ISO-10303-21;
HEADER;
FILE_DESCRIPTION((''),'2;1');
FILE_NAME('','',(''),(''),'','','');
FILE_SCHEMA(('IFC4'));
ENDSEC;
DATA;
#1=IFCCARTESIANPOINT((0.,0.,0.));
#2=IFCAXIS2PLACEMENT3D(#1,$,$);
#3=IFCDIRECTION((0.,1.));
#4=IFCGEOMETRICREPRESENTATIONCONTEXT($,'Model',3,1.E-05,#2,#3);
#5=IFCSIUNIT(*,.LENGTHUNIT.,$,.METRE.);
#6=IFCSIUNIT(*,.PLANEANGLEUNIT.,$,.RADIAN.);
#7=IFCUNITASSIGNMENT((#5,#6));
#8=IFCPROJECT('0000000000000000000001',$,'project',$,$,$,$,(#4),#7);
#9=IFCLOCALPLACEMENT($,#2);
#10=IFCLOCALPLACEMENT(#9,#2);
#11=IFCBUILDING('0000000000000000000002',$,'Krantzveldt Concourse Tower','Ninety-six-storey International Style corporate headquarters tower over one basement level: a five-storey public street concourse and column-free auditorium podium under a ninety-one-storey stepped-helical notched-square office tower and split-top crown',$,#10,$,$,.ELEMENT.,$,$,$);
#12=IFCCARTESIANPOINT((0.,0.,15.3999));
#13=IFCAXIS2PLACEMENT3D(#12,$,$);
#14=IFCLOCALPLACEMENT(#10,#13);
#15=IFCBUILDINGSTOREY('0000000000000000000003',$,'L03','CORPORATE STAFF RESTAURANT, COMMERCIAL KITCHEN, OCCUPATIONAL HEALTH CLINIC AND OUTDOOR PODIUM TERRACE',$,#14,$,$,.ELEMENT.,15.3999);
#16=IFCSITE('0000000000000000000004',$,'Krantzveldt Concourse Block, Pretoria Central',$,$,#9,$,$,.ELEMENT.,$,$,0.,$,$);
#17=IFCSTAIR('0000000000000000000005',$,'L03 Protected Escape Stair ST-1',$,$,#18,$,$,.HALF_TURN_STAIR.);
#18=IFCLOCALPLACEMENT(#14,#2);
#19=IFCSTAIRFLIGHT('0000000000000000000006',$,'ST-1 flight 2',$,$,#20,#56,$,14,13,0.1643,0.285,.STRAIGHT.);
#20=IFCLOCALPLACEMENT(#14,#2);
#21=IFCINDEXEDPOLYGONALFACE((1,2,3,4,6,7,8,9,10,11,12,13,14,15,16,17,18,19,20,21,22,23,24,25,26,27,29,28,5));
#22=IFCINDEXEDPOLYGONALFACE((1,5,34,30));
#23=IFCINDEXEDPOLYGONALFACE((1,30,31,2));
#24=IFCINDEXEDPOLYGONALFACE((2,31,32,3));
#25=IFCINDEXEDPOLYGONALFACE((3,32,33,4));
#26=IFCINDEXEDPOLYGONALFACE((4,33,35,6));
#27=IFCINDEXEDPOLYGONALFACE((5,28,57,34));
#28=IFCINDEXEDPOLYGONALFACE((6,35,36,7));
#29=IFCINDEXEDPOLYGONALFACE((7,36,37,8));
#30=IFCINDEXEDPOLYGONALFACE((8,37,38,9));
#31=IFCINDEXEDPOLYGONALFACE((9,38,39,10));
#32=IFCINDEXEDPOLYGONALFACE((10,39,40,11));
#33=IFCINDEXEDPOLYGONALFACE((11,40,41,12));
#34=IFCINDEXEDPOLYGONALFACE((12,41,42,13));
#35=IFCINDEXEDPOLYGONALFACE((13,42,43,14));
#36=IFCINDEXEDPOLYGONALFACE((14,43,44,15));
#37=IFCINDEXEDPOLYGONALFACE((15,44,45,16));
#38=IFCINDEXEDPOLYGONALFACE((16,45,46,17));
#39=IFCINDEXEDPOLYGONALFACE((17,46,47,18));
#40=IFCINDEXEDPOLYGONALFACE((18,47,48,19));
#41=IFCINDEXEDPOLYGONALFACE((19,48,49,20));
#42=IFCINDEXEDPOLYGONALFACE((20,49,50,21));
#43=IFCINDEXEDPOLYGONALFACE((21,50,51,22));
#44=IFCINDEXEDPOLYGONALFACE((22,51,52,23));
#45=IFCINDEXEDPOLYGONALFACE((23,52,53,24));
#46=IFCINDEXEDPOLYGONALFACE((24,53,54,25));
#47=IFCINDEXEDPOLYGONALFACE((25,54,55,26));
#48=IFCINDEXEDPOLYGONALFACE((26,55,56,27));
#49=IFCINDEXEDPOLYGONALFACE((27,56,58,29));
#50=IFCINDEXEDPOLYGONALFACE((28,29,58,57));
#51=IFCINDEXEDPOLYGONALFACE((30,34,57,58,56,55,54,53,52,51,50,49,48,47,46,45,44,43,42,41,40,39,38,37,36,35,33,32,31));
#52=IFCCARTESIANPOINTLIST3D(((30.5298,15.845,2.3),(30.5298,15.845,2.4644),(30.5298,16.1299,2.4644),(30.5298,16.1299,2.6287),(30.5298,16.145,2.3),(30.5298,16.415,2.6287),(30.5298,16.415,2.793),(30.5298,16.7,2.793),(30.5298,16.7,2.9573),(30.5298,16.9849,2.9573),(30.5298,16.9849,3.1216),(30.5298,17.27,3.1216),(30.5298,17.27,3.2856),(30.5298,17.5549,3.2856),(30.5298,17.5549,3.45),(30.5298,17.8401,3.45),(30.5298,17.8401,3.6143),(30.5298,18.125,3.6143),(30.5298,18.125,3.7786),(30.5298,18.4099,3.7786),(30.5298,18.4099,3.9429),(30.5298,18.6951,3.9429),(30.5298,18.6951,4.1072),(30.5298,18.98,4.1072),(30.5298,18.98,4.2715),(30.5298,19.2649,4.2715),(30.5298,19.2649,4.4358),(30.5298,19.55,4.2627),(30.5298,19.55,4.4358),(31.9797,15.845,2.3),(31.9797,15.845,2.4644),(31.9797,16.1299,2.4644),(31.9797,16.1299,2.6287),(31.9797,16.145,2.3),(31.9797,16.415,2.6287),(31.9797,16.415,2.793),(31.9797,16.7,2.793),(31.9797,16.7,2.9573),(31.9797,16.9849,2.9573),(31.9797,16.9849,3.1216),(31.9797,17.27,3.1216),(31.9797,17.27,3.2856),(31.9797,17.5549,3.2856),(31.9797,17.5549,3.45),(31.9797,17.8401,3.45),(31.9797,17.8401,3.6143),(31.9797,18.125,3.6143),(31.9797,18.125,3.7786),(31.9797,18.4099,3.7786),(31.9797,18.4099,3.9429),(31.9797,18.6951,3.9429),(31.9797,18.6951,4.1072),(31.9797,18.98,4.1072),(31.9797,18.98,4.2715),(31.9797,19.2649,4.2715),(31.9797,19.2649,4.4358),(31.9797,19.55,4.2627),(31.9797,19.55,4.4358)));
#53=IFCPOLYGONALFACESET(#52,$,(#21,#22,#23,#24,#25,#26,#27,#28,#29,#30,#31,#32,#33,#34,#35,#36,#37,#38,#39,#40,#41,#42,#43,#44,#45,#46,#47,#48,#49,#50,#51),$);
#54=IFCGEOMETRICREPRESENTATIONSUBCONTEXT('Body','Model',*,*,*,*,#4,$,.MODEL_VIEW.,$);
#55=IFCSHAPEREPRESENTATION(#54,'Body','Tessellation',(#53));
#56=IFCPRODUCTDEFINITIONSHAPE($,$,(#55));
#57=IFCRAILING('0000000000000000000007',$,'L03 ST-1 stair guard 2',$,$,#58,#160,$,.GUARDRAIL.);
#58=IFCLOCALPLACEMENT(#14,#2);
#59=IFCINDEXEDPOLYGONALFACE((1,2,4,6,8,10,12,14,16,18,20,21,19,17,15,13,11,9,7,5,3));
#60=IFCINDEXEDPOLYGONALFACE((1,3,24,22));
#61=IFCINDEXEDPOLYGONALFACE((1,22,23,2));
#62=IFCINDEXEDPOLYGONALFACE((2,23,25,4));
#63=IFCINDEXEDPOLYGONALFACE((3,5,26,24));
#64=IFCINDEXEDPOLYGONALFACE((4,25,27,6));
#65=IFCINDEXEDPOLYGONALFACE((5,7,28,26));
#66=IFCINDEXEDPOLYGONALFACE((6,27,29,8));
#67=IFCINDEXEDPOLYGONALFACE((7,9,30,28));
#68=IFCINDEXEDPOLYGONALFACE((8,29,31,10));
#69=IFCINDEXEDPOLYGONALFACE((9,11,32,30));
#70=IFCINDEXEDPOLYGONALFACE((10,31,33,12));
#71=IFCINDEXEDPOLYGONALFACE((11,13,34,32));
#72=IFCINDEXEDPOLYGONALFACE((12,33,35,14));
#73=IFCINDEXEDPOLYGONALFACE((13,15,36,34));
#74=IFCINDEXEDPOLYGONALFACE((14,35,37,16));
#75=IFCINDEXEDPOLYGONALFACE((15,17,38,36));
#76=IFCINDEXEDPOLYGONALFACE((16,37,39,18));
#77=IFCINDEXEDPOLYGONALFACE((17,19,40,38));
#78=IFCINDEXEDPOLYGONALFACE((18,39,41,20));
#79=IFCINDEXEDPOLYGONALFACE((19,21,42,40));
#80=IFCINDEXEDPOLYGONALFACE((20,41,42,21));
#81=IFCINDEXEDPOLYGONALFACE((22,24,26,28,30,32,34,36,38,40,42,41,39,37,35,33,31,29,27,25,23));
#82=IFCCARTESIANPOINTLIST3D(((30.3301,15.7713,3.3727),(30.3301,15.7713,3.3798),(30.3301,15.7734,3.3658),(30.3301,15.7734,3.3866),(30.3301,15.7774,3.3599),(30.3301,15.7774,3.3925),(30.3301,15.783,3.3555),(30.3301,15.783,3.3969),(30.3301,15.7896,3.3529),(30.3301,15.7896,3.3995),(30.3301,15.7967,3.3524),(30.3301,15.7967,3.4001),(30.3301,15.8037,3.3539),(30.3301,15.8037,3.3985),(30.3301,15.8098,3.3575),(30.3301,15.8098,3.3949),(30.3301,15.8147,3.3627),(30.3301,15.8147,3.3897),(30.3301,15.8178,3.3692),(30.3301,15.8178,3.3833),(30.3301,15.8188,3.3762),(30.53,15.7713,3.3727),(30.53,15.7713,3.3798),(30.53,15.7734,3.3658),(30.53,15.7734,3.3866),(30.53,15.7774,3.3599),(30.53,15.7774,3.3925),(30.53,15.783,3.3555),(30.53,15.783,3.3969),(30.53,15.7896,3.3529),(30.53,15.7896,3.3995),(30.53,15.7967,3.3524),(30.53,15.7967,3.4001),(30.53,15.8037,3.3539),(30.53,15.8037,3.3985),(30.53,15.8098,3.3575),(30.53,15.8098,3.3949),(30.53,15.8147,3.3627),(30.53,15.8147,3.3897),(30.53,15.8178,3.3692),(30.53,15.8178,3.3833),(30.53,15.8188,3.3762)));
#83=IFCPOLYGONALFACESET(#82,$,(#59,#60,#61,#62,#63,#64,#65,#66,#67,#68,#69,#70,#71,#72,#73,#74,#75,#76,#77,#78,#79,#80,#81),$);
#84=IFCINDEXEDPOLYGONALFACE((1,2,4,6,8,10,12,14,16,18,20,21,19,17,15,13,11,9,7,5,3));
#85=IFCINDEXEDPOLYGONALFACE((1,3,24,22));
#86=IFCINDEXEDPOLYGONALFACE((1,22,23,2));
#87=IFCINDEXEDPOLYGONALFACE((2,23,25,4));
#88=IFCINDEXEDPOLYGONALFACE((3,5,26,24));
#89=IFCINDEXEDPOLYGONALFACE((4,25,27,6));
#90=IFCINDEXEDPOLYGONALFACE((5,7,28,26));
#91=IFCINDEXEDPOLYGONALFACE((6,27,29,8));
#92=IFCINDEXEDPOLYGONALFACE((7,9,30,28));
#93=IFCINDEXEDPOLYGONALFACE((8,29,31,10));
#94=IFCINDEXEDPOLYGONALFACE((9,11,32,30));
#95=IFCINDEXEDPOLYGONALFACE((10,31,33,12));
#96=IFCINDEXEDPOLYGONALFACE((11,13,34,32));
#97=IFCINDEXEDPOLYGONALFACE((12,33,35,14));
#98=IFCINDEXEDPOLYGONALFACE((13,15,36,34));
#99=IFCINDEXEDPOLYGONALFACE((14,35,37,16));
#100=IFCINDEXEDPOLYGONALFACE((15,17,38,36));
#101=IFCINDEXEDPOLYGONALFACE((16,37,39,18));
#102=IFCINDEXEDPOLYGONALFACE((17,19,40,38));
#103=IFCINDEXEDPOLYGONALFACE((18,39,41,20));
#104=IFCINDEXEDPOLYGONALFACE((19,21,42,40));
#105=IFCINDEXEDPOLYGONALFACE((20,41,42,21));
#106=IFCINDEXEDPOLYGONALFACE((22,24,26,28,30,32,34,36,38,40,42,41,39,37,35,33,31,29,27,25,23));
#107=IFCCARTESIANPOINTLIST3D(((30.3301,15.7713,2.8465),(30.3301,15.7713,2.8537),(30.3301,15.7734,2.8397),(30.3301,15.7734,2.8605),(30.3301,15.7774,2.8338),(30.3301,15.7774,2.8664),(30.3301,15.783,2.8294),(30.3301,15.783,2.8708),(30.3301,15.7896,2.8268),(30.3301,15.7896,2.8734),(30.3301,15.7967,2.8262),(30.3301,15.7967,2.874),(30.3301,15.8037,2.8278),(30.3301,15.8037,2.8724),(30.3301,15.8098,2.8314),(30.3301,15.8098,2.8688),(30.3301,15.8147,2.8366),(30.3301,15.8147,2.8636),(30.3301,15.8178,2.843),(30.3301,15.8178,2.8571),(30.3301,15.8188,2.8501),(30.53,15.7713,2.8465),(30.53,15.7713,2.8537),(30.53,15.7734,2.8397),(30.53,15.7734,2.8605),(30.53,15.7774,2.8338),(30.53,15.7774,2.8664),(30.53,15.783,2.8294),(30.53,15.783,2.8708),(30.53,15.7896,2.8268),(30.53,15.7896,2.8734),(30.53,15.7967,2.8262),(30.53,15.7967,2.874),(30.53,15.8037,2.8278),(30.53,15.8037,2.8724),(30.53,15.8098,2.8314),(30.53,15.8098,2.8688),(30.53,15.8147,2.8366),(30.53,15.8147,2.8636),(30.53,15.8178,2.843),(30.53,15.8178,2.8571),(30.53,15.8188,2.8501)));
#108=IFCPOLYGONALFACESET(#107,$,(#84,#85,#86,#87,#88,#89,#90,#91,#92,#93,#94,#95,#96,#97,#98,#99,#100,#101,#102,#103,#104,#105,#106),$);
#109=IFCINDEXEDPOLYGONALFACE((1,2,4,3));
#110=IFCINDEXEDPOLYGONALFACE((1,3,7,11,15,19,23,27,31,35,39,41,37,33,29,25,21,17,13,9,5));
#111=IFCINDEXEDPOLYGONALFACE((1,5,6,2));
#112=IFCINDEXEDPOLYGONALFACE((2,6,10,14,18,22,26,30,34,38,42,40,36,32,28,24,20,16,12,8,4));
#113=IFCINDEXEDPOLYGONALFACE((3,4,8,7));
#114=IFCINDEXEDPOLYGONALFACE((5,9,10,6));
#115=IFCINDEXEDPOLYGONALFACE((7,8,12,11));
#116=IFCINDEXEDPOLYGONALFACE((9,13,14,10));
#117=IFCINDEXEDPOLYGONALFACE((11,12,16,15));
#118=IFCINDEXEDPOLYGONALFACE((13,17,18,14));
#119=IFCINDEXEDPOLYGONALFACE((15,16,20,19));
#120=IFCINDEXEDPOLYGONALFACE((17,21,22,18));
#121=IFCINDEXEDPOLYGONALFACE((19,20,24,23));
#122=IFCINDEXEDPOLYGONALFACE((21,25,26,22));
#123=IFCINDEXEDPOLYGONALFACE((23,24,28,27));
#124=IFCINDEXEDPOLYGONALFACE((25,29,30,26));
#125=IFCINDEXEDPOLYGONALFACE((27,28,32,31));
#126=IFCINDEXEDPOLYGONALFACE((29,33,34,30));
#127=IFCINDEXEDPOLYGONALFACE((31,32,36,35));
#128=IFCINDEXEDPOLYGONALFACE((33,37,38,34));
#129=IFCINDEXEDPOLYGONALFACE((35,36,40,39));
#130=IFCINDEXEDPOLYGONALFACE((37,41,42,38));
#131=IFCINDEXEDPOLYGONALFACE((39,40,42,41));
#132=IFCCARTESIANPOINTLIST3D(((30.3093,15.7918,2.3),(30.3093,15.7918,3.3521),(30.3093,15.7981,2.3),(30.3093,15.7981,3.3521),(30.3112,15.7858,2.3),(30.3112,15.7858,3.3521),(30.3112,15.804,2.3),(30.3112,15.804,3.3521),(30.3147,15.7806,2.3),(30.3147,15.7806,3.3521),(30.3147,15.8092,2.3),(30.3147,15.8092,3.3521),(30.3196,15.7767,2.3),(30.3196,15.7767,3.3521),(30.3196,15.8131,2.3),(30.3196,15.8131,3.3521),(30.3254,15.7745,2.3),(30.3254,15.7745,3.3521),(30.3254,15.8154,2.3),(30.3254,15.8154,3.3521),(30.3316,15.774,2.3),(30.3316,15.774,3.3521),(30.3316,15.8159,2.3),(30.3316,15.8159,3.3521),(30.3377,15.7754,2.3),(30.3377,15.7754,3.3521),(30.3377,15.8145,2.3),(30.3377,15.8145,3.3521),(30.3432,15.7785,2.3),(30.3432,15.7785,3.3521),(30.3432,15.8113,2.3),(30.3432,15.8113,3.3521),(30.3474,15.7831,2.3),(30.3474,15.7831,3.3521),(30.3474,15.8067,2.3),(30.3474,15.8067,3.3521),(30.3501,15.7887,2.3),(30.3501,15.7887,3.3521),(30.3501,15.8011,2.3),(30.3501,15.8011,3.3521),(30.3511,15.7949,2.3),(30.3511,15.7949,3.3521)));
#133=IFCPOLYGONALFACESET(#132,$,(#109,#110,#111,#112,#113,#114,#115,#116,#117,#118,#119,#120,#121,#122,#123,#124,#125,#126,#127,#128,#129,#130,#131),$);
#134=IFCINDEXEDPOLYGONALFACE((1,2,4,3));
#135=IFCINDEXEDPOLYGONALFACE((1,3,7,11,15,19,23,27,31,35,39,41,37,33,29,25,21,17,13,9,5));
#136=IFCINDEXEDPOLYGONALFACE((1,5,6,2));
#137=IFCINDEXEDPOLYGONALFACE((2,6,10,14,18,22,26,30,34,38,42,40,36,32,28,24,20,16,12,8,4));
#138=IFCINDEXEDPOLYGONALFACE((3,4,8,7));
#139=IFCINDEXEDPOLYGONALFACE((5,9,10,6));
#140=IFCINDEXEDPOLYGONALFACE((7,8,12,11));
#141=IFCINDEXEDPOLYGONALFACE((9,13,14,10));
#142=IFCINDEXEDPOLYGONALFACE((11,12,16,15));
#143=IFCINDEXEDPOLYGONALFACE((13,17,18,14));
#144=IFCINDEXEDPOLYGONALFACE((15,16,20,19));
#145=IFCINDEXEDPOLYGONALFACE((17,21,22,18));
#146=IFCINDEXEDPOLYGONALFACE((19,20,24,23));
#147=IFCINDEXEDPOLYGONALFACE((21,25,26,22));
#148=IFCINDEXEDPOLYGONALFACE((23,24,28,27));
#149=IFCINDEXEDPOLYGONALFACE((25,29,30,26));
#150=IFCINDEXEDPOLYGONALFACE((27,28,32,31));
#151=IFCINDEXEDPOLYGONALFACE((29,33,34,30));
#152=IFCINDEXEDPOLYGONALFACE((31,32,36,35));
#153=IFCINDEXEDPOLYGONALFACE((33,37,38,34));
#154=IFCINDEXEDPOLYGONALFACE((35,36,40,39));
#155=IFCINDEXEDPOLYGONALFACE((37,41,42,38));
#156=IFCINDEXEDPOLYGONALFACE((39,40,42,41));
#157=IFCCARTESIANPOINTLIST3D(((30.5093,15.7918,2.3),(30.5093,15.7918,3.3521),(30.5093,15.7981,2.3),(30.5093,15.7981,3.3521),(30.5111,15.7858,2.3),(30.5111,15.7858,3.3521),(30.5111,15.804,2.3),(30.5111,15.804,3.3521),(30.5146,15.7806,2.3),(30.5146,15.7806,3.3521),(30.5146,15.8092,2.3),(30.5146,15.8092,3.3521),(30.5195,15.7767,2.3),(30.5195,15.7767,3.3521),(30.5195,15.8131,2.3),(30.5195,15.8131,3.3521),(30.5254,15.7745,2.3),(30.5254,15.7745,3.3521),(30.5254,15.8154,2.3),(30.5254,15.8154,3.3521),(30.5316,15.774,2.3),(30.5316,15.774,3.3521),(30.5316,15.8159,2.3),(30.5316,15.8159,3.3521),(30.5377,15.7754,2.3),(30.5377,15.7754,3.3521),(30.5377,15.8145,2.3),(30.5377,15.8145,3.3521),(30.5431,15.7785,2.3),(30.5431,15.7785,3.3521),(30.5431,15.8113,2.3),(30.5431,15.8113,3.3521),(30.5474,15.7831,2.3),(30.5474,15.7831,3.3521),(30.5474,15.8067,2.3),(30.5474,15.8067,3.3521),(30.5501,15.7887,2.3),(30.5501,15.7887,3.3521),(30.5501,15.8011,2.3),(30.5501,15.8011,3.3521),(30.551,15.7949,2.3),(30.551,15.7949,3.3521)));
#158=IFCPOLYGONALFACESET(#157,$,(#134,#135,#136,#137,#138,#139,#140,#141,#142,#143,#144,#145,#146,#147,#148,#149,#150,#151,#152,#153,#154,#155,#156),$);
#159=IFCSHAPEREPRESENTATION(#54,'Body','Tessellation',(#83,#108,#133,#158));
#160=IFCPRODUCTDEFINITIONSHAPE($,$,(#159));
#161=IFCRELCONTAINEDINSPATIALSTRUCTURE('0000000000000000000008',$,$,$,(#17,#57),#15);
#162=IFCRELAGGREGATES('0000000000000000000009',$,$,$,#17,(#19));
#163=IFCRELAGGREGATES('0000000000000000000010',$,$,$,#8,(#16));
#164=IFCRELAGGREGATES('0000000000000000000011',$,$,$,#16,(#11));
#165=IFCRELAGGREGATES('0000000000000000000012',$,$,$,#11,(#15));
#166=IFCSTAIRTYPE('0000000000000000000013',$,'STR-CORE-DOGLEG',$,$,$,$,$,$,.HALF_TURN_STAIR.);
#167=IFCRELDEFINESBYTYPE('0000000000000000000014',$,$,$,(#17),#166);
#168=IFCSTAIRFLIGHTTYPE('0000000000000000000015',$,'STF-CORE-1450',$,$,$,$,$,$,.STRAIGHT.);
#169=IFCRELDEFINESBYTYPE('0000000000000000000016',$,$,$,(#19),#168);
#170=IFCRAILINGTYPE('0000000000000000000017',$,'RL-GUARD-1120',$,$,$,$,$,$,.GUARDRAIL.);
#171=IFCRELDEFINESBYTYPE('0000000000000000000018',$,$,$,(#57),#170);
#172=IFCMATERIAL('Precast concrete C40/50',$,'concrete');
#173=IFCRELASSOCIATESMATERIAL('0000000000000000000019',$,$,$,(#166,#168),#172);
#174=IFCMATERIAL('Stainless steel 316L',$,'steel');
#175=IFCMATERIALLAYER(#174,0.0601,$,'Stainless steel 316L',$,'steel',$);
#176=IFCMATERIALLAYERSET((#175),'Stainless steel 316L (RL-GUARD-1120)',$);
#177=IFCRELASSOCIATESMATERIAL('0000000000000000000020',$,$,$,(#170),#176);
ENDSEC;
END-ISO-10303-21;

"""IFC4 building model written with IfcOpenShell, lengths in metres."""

from ifc_helpers import new_model, si_unit, direction, frame, origin, origin_2d, place, context, subcontext, project, spatial, polyline, circle, outline, extrude, material, layer, layer_set, type_object, element, aggregate, save


model = new_model("IFC4")

# Units and contexts
model_context = context("Model", 3, precision=1e-05, world=origin(), true_north=direction((0.0, 1.0)))
body_context = subcontext(model_context, "Body", "Model", "MODEL_VIEW")
ifc_project = project(units=[si_unit("LENGTHUNIT", "METRE"), si_unit("PLANEANGLEUNIT", "RADIAN")], contexts=[model_context])

# Site, building, storey
site_placement = place(None, origin())
site = spatial("IfcSite", under=ifc_project, at=site_placement, Name="Krantzveldt Concourse Block, Pretoria Central", CompositionType="ELEMENT", RefElevation=0.0)
building_placement = place(site_placement, origin())
building = spatial("IfcBuilding", under=site, at=building_placement, Name="Krantzveldt Concourse Tower", Description="Ninety-six-storey International Style corporate headquarters tower over one basement level: a five-storey public street concourse and column-free auditorium podium under a ninety-one-storey stepped-helical notched-square office tower and split-top crown", CompositionType="ELEMENT")
storey_placement = place(building_placement, frame((0.0, 0.0, 15.3999)))
storey = spatial("IfcBuildingStorey", under=building, at=storey_placement, Name="L03", Description="CORPORATE STAFF RESTAURANT, COMMERCIAL KITCHEN, OCCUPATIONAL HEALTH CLINIC AND OUTDOOR PODIUM TERRACE", CompositionType="ELEMENT", Elevation=15.3999)

# Shared definitions
ifc_material_1 = material(Name="Stainless steel 316L", Category="steel")

# Stair, stair flight
ifc_material_2 = material(Name="Precast concrete C40/50", Category="concrete")
stair_type = type_object("IfcStairType", Name="STR-CORE-DOGLEG", PredefinedType="HALF_TURN_STAIR", material=ifc_material_2)
stair_placement = place(storey_placement, origin())
stair = element("IfcStair", 1, at=stair_placement, inside=storey, type_object=stair_type, Name="L03 Protected Escape Stair ST-1", PredefinedType="HALF_TURN_STAIR")
stair_flight_type = type_object("IfcStairFlightType", Name="STF-CORE-1450", PredefinedType="STRAIGHT", material=ifc_material_2)
stair_flight_1_placement = place(storey_placement, frame((31.2549, 15.845, 2.3), z_axis=(0.0, 0.0, 1.0), x_axis=(0.0, 1.0, 0.0)))
stair_flight_1 = element("IfcStairFlight", 2, at=stair_flight_1_placement, type_object=stair_flight_type, Name="ST-1 flight 2", NumberOfRisers=14, NumberOfTreads=13, PredefinedType="STRAIGHT", RiserHeight=0.1643, TreadLength=0.285, context=body_context, shape_type="SweptSolid", body=[
    extrude(outline(polyline([(0.0, 0.0), (0.0, 0.1643), (0.2849, 0.1643), (0.2849, 0.3286), (0.5701, 0.3286), (0.5701, 0.4929), (0.855, 0.4929), (0.855, 0.6572), (1.1399, 0.6572), (1.1399, 0.8215), (1.425, 0.8215), (1.425, 0.9856), (1.71, 0.9856), (1.71, 1.1499), (1.9951, 1.1499), (1.9951, 1.3142), (2.28, 1.3142), (2.28, 1.4785), (2.5649, 1.4785), (2.5649, 1.6428), (2.8501, 1.6428), (2.8501, 1.8071), (3.135, 1.8071), (3.135, 1.9714), (3.4199, 1.9714), (3.4199, 2.1357), (3.7051, 2.1357), (3.7051, 2.3), (3.7051, 1.9626), (0.3, 0.0), (0.0, 0.0)])), frame((0.0, 0.7251, 0.0), z_axis=(0.0, -1.0, 0.0), x_axis=(1.0, 0.0, 0.0)), (0.0, 0.0, 1.0), 1.45),
])
aggregate(stair, [stair_flight_1])

# Railing
ifc_layer_1 = layer(ifc_material_1, 0.0601, Name="Stainless steel 316L", Category="steel")
ifc_layer_set_1 = layer_set([ifc_layer_1], Name="Stainless steel 316L (RL-GUARD-1120)")
railing_type_1 = type_object("IfcRailingType", Name="RL-GUARD-1120", PredefinedType="GUARDRAIL", material=ifc_layer_set_1)
railing_1_placement = place(storey_placement, frame((30.3301, 15.7949, 2.3)))
element("IfcRailing", 3, at=railing_1_placement, inside=storey, type_object=railing_type_1, Name="L03 ST-1 stair guard 2", PredefinedType="GUARDRAIL", context=body_context, shape_type="SweptSolid", body=[
    extrude(circle(Radius=0.0239, at=origin_2d()), frame((0.0, 0.0, 1.0762), z_axis=(1.0, 0.0, 0.0), x_axis=(0.0, 1.0, 0.0)), (0.0, 0.0, 1.0), 0.2),
    extrude(circle(Radius=0.0239, at=origin_2d()), frame((0.0, 0.0, 0.55), z_axis=(1.0, 0.0, 0.0), x_axis=(0.0, 1.0, 0.0)), (0.0, 0.0, 1.0), 0.2),
    extrude(circle(Radius=0.021, at=origin_2d()), origin(), (0.0, 0.0, 1.0), 1.052),
    extrude(circle(Radius=0.021, at=origin_2d()), frame((0.2, 0.0, 0.0)), (0.0, 0.0, 1.0), 1.052),
])

save(model, "model.ifc")
